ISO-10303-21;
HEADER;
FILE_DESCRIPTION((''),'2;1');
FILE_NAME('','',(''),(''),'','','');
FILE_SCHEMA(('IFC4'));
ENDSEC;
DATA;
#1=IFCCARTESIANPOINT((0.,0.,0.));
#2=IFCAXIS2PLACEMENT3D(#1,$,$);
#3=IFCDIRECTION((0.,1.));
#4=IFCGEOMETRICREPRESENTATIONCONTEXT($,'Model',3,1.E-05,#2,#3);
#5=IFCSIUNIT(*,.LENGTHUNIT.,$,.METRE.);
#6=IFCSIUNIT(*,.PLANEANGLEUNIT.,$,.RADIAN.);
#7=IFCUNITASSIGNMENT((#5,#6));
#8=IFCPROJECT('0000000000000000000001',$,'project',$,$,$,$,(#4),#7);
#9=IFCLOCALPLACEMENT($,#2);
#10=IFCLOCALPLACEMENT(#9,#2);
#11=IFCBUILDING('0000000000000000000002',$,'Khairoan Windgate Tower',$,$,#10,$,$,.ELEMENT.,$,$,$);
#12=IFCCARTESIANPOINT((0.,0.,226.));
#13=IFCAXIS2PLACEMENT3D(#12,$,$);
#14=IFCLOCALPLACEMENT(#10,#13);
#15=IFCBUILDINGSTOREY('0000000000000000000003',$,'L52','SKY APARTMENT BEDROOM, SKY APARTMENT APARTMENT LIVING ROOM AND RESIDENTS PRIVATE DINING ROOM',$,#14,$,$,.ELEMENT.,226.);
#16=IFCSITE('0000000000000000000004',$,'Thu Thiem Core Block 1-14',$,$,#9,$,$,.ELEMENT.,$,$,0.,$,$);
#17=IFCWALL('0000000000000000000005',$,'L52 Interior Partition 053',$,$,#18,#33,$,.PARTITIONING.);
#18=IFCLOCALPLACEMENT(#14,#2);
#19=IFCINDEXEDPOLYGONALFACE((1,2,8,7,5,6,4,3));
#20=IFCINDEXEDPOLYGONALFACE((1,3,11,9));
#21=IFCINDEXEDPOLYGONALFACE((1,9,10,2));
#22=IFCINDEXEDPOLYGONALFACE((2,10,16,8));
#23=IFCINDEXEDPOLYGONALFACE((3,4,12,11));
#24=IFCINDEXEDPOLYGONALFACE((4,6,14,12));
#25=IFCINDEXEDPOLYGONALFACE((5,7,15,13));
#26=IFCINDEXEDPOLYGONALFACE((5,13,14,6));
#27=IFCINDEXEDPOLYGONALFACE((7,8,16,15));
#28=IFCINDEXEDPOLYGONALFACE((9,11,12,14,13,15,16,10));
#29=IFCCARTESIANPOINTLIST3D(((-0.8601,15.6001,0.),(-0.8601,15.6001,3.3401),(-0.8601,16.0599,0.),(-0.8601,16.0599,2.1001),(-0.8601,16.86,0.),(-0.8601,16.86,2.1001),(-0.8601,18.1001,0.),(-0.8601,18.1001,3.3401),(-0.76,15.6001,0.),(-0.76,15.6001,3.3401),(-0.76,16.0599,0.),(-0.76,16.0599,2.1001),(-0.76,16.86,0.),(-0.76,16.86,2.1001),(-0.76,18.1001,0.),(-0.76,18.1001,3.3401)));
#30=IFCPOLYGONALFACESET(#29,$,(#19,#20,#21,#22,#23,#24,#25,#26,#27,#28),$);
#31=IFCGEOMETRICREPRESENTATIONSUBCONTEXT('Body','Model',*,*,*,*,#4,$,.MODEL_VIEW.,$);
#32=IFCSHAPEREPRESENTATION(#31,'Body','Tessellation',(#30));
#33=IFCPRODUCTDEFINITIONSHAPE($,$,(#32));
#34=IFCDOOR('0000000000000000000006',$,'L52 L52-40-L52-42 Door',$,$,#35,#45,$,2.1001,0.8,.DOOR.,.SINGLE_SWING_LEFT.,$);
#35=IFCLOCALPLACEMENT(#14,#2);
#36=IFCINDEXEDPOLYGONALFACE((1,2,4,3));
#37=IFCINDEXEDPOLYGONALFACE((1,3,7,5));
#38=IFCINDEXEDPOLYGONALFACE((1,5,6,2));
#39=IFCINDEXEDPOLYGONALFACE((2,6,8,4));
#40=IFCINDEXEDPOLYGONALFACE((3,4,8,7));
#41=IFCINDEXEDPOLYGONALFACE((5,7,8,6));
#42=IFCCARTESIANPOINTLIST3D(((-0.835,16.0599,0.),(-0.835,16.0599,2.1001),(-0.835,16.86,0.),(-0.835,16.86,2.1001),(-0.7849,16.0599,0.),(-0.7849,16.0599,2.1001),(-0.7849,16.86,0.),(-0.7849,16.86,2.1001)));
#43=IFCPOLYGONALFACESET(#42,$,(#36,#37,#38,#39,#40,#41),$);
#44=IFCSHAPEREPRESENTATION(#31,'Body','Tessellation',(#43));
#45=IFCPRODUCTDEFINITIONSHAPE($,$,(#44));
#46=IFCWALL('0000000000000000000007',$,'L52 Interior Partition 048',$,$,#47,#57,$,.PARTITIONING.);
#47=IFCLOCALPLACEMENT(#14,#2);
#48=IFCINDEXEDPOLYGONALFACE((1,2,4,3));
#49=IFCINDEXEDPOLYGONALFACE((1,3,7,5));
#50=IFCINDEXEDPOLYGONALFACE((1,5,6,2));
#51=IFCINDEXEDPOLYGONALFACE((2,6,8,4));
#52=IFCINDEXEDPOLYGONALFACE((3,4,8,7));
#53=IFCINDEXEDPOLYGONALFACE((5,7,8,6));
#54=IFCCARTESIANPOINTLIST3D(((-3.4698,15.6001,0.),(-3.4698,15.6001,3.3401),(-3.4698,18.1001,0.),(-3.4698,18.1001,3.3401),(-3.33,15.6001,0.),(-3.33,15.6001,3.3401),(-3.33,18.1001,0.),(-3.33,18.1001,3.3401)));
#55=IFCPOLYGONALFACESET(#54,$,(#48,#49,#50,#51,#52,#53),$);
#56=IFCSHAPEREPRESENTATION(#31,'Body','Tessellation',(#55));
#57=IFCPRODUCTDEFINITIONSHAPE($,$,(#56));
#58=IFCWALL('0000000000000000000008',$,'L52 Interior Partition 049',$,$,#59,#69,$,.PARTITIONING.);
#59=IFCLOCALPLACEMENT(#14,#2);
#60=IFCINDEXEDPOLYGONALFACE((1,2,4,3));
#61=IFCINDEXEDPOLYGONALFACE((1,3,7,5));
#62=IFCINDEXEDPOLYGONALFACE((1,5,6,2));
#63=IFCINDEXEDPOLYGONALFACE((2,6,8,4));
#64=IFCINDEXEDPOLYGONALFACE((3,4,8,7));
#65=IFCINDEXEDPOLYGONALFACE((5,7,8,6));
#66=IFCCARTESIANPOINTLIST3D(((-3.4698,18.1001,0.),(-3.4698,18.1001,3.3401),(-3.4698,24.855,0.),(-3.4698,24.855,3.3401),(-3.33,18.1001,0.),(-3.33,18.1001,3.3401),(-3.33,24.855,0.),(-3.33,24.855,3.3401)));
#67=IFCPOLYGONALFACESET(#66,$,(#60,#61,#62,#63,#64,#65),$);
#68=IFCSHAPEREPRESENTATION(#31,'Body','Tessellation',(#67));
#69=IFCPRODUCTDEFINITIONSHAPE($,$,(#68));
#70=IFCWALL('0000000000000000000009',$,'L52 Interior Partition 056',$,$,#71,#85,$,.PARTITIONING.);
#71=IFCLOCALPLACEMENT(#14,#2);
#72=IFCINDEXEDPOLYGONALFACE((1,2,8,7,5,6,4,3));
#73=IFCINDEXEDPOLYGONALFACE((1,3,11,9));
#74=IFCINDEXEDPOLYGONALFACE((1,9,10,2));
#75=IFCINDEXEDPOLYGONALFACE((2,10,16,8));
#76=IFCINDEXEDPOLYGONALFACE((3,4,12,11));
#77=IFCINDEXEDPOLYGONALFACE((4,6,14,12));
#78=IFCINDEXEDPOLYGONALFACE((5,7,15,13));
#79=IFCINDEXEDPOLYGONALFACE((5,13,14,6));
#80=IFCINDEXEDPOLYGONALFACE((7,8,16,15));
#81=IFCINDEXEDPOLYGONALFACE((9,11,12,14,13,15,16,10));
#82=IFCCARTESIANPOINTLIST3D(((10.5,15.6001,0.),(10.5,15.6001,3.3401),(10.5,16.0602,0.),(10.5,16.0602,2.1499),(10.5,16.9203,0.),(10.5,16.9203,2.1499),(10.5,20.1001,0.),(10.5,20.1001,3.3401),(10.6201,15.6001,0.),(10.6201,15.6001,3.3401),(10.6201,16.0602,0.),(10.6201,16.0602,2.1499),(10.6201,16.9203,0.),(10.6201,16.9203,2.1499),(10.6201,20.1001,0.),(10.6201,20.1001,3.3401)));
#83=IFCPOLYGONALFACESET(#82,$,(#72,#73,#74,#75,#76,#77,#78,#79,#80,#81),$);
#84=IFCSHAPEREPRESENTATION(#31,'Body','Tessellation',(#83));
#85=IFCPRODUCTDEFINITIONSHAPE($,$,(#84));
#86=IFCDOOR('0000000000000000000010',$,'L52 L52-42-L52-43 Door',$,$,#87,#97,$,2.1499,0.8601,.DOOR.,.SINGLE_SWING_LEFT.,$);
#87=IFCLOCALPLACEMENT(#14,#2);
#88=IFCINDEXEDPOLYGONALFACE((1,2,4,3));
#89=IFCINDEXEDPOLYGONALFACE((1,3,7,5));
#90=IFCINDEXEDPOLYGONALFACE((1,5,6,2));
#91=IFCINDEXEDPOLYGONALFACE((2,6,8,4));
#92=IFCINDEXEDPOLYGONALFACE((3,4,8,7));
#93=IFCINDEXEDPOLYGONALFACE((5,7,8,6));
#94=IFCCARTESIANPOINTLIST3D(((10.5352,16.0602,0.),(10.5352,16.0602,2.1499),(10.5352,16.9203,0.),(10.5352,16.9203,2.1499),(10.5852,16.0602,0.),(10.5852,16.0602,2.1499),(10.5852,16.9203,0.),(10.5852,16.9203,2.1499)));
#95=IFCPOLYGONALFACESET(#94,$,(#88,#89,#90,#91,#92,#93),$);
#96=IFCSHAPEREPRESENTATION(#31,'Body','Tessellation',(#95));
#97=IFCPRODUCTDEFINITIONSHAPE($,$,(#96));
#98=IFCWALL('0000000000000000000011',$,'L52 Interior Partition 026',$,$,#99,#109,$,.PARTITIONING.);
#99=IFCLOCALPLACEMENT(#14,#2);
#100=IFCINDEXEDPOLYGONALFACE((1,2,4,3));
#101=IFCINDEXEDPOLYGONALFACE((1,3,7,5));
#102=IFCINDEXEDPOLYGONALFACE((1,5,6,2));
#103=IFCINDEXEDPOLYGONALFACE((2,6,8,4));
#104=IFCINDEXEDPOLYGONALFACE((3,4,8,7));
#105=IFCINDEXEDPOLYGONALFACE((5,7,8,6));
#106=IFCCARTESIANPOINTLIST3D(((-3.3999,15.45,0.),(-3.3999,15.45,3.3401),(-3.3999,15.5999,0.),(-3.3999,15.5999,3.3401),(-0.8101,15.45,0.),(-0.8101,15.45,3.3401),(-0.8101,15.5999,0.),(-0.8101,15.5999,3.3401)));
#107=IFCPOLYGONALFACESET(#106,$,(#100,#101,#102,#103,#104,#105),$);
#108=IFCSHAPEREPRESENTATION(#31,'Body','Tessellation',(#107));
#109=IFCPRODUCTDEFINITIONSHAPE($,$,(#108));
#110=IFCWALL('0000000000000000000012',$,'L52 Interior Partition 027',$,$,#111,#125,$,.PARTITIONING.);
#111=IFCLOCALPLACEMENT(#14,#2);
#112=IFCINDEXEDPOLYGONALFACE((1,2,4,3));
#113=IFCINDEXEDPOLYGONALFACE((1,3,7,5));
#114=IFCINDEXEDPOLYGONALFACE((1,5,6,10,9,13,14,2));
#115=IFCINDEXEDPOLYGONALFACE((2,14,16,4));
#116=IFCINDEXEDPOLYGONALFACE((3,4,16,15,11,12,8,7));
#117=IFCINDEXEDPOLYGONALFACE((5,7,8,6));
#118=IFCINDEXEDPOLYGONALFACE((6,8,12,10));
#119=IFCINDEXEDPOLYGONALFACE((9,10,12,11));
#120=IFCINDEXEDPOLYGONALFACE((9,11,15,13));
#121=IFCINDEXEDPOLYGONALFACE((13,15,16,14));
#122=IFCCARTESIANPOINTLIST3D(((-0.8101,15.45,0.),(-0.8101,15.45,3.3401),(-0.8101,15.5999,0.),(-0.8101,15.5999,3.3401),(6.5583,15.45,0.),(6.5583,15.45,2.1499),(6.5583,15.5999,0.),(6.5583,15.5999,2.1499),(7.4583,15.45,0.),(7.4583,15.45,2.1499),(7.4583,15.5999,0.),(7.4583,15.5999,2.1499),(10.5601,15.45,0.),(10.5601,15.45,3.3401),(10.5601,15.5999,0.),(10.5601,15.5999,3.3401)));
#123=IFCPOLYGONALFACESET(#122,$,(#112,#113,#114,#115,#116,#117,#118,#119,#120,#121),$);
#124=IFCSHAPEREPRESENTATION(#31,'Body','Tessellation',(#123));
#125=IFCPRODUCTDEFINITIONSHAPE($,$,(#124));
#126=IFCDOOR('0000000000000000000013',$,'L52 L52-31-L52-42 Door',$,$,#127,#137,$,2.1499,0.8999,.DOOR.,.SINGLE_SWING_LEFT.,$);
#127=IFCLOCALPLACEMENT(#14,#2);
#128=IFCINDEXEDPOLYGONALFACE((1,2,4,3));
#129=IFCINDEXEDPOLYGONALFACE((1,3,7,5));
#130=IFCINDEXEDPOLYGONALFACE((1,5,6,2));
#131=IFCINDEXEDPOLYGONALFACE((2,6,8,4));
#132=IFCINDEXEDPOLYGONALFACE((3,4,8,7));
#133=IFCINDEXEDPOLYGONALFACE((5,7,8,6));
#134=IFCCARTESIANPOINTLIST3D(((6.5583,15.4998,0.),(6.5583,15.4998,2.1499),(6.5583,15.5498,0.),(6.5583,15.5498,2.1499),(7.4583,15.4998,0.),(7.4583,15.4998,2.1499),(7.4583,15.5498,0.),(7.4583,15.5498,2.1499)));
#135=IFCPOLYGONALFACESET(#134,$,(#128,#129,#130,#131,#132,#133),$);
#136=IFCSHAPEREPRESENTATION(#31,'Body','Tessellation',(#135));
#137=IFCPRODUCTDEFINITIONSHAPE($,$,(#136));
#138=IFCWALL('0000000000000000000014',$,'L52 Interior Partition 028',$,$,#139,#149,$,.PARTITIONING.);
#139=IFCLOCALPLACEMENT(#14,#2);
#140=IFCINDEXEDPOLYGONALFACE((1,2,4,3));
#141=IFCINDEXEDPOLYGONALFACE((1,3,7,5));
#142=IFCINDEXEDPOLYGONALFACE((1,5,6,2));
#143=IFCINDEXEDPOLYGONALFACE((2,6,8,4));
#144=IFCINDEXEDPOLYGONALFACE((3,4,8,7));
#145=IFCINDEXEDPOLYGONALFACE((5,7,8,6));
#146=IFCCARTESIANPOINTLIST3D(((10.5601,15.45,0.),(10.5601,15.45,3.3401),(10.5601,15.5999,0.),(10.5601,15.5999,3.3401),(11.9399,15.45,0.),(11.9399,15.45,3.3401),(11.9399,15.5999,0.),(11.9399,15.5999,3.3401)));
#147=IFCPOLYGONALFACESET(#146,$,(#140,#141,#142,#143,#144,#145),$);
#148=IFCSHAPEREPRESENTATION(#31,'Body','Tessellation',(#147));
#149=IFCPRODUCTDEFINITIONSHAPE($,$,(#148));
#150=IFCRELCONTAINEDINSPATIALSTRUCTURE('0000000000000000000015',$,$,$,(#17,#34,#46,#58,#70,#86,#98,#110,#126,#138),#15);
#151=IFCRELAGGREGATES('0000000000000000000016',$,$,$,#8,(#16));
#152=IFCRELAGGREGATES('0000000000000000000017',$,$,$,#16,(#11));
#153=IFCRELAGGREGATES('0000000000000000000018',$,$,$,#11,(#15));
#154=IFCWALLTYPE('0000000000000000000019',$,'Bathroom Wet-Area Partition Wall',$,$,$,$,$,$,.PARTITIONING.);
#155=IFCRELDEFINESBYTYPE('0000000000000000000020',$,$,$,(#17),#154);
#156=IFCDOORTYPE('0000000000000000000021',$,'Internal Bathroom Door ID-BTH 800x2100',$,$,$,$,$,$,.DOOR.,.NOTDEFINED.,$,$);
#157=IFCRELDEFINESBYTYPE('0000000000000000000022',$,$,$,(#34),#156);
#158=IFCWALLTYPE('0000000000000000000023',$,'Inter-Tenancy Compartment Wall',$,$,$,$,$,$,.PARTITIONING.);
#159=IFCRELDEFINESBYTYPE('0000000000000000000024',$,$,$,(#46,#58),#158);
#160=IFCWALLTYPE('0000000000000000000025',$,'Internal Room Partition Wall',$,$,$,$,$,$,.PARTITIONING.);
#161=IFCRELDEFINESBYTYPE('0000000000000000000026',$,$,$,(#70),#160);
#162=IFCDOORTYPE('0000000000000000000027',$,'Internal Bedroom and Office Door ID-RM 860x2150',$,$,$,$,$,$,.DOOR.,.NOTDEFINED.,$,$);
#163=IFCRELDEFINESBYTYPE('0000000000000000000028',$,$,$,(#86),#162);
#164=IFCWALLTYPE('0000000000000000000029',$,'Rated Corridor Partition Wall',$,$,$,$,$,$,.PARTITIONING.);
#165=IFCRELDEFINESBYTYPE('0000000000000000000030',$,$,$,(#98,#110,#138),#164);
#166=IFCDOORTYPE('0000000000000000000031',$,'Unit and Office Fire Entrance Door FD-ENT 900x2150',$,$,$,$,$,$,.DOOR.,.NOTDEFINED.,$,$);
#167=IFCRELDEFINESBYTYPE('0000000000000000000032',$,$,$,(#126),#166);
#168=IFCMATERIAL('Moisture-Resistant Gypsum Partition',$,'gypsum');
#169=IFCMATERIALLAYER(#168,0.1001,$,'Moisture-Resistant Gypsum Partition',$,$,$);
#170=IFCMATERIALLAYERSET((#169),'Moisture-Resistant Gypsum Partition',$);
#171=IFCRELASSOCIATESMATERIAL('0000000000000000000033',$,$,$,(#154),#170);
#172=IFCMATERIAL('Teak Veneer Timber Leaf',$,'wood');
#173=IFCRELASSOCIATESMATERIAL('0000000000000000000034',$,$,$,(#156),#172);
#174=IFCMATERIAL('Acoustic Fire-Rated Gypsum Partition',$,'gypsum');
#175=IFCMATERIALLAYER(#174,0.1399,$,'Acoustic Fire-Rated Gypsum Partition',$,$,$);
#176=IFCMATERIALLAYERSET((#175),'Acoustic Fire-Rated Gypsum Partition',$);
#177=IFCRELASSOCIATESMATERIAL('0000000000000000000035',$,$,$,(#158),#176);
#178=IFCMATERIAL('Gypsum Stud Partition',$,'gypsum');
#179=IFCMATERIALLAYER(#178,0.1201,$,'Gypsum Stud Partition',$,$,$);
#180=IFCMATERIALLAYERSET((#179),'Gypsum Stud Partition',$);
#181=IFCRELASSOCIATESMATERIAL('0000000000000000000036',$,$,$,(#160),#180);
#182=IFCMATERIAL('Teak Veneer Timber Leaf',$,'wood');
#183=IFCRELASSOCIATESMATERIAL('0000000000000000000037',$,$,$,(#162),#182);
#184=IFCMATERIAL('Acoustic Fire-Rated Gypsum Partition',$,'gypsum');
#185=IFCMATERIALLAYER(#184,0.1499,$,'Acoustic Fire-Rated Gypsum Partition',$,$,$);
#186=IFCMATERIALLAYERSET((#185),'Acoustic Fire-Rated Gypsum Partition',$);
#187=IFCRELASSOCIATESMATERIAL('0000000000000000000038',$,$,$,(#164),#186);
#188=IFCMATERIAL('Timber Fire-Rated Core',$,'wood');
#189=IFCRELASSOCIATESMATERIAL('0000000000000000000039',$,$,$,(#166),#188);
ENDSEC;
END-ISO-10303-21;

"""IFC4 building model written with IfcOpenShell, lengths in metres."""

from ifc_helpers import new_model, si_unit, direction, frame, frame_2d, origin, place, context, subcontext, project, spatial, rectangle, extrude, material, layer, layer_set, type_object, element, fill, save


model = new_model("IFC4")

# Units and contexts
model_context = context("Model", 3, precision=1e-05, world=origin(), true_north=direction((0.0, 1.0)))
body_context = subcontext(model_context, "Body", "Model", "MODEL_VIEW")
ifc_project = project(units=[si_unit("LENGTHUNIT", "METRE"), si_unit("PLANEANGLEUNIT", "RADIAN")], contexts=[model_context])

# Site, building, storey
site_placement = place(None, origin())
site = spatial("IfcSite", under=ifc_project, at=site_placement, Name="Thu Thiem Core Block 1-14", CompositionType="ELEMENT", RefElevation=0.0)
building_placement = place(site_placement, origin())
building = spatial("IfcBuilding", under=site, at=building_placement, Name="Khairoan Windgate Tower", CompositionType="ELEMENT")
storey_placement = place(building_placement, frame((0.0, 0.0, 226.0)))
storey = spatial("IfcBuildingStorey", under=building, at=storey_placement, Name="L52", Description="SKY APARTMENT BEDROOM, SKY APARTMENT APARTMENT LIVING ROOM AND RESIDENTS PRIVATE DINING ROOM", CompositionType="ELEMENT", Elevation=226.0)

# Wall, opening, door
ifc_material_1 = material(Name="Moisture-Resistant Gypsum Partition", Category="gypsum")
ifc_layer_1 = layer(ifc_material_1, 0.1001, Name="Moisture-Resistant Gypsum Partition")
ifc_layer_set_1 = layer_set([ifc_layer_1], Name="Moisture-Resistant Gypsum Partition")
wall_type_1 = type_object("IfcWallType", Name="Bathroom Wet-Area Partition Wall", PredefinedType="PARTITIONING", material=ifc_layer_set_1)
wall_1_placement = place(storey_placement, frame((-0.8101, 15.6001, 0.0), z_axis=(0.0, 0.0, 1.0), x_axis=(0.0, 1.0, 0.0)))
wall_1 = element("IfcWall", 1, at=wall_1_placement, inside=storey, type_object=wall_type_1, Name="L52 Interior Partition 053", PredefinedType="PARTITIONING", context=body_context, shape_type="SweptSolid", body=[
    extrude(rectangle(XDim=2.5, YDim=0.1001, at=frame_2d((1.25, 0.0))), origin(), (0.0, 0.0, 1.0), 3.3401),
])
opening_1_placement = place(wall_1_placement, frame((0.46, 0.0, 0.0)))
opening_1 = element("IfcOpeningElement", 2, at=opening_1_placement, cuts=wall_1, PredefinedType="OPENING", context=body_context, shape_type="SweptSolid", body=[
    extrude(rectangle(XDim=0.8, YDim=2.1001, at=frame_2d((0.3999, 1.05))), frame((0.0, 0.0601, 0.0), z_axis=(0.0, -1.0, 0.0), x_axis=(1.0, 0.0, 0.0)), (0.0, 0.0, 1.0), 0.1201),
])
ifc_material_2 = material(Name="Teak Veneer Timber Leaf", Category="wood")
door_type_1 = type_object("IfcDoorType", Name="Internal Bathroom Door ID-BTH 800x2100", OperationType="NOTDEFINED", PredefinedType="DOOR", material=ifc_material_2)
door_1_placement = place(opening_1_placement, origin())
door_1 = element("IfcDoor", 3, at=door_1_placement, inside=storey, type_object=door_type_1, Name="L52 L52-40-L52-42 Door", OperationType="SINGLE_SWING_LEFT", OverallHeight=2.1001, OverallWidth=0.8, PredefinedType="DOOR", context=body_context, shape_type="SweptSolid", body=[
    extrude(rectangle(XDim=0.8, YDim=2.1001, at=frame_2d((0.3999, 1.05))), frame((0.0, 0.0249, 0.0), z_axis=(0.0, -1.0, 0.0), x_axis=(1.0, 0.0, 0.0)), (0.0, 0.0, 1.0), 0.05),
])
fill(opening_1, door_1)

# Walls
ifc_material_3 = material(Name="Acoustic Fire-Rated Gypsum Partition", Category="gypsum")
ifc_layer_2 = layer(ifc_material_3, 0.1399, Name="Acoustic Fire-Rated Gypsum Partition")
ifc_layer_set_2 = layer_set([ifc_layer_2], Name="Acoustic Fire-Rated Gypsum Partition")
wall_type_2 = type_object("IfcWallType", Name="Inter-Tenancy Compartment Wall", PredefinedType="PARTITIONING", material=ifc_layer_set_2)
wall_2_placement = place(storey_placement, frame((-3.3999, 15.6001, 0.0), z_axis=(0.0, 0.0, 1.0), x_axis=(0.0, 1.0, 0.0)))
element("IfcWall", 4, at=wall_2_placement, inside=storey, type_object=wall_type_2, Name="L52 Interior Partition 048", PredefinedType="PARTITIONING", context=body_context, shape_type="SweptSolid", body=[
    extrude(rectangle(XDim=2.5, YDim=0.1399, at=frame_2d((1.25, 0.0))), origin(), (0.0, 0.0, 1.0), 3.3401),
])
wall_3_placement = place(storey_placement, frame((-3.3999, 18.1001, 0.0), z_axis=(0.0, 0.0, 1.0), x_axis=(0.0, 1.0, 0.0)))
element("IfcWall", 5, at=wall_3_placement, inside=storey, type_object=wall_type_2, Name="L52 Interior Partition 049", PredefinedType="PARTITIONING", context=body_context, shape_type="SweptSolid", body=[
    extrude(rectangle(XDim=6.7549, YDim=0.1399, at=frame_2d((3.3774, 0.0))), origin(), (0.0, 0.0, 1.0), 3.3401),
])

# Wall, opening, door
ifc_material_4 = material(Name="Gypsum Stud Partition", Category="gypsum")
ifc_layer_3 = layer(ifc_material_4, 0.1201, Name="Gypsum Stud Partition")
ifc_layer_set_3 = layer_set([ifc_layer_3], Name="Gypsum Stud Partition")
wall_type_3 = type_object("IfcWallType", Name="Internal Room Partition Wall", PredefinedType="PARTITIONING", material=ifc_layer_set_3)
wall_4_placement = place(storey_placement, frame((10.5601, 15.6001, 0.0), z_axis=(0.0, 0.0, 1.0), x_axis=(0.0, 1.0, 0.0)))
wall_4 = element("IfcWall", 6, at=wall_4_placement, inside=storey, type_object=wall_type_3, Name="L52 Interior Partition 056", PredefinedType="PARTITIONING", context=body_context, shape_type="SweptSolid", body=[
    extrude(rectangle(XDim=4.5, YDim=0.1201, at=frame_2d((2.25, 0.0))), origin(), (0.0, 0.0, 1.0), 3.3401),
])
opening_2_placement = place(wall_4_placement, frame((0.46, 0.0, 0.0)))
opening_2 = element("IfcOpeningElement", 7, at=opening_2_placement, cuts=wall_4, PredefinedType="OPENING", context=body_context, shape_type="SweptSolid", body=[
    extrude(rectangle(XDim=0.8601, YDim=2.1499, at=frame_2d((0.4302, 1.075))), frame((0.0, 0.0701, 0.0), z_axis=(0.0, -1.0, 0.0), x_axis=(1.0, 0.0, 0.0)), (0.0, 0.0, 1.0), 0.1401),
])
ifc_material_5 = material(Name="Teak Veneer Timber Leaf", Category="wood")
door_type_2 = type_object("IfcDoorType", Name="Internal Bedroom and Office Door ID-RM 860x2150", OperationType="NOTDEFINED", PredefinedType="DOOR", material=ifc_material_5)
door_2_placement = place(opening_2_placement, origin())
door_2 = element("IfcDoor", 8, at=door_2_placement, inside=storey, type_object=door_type_2, Name="L52 L52-42-L52-43 Door", OperationType="SINGLE_SWING_LEFT", OverallHeight=2.1499, OverallWidth=0.8601, PredefinedType="DOOR", context=body_context, shape_type="SweptSolid", body=[
    extrude(rectangle(XDim=0.8601, YDim=2.1499, at=frame_2d((0.4302, 1.075))), frame((0.0, 0.0249, 0.0), z_axis=(0.0, -1.0, 0.0), x_axis=(1.0, 0.0, 0.0)), (0.0, 0.0, 1.0), 0.05),
])
fill(opening_2, door_2)

# Wall
ifc_material_6 = material(Name="Acoustic Fire-Rated Gypsum Partition", Category="gypsum")
ifc_layer_4 = layer(ifc_material_6, 0.1499, Name="Acoustic Fire-Rated Gypsum Partition")
ifc_layer_set_4 = layer_set([ifc_layer_4], Name="Acoustic Fire-Rated Gypsum Partition")
wall_type_4 = type_object("IfcWallType", Name="Rated Corridor Partition Wall", PredefinedType="PARTITIONING", material=ifc_layer_set_4)
wall_5_placement = place(storey_placement, frame((-3.3999, 15.5249, 0.0), z_axis=(0.0, 0.0, 1.0), x_axis=(1.0, 0.0, 0.0)))
element("IfcWall", 9, at=wall_5_placement, inside=storey, type_object=wall_type_4, Name="L52 Interior Partition 026", PredefinedType="PARTITIONING", context=body_context, shape_type="SweptSolid", body=[
    extrude(rectangle(XDim=2.5898, YDim=0.1499, at=frame_2d((1.2949, 0.0))), origin(), (0.0, 0.0, 1.0), 3.3401),
])

# Wall, opening, door
wall_6_placement = place(storey_placement, frame((-0.8101, 15.5249, 0.0), z_axis=(0.0, 0.0, 1.0), x_axis=(1.0, 0.0, 0.0)))
wall_6 = element("IfcWall", 10, at=wall_6_placement, inside=storey, type_object=wall_type_4, Name="L52 Interior Partition 027", PredefinedType="PARTITIONING", context=body_context, shape_type="SweptSolid", body=[
    extrude(rectangle(XDim=11.3701, YDim=0.1499, at=frame_2d((5.6851, 0.0))), origin(), (0.0, 0.0, 1.0), 3.3401),
])
opening_3_placement = place(wall_6_placement, frame((7.3684, 0.0, 0.0)))
opening_3 = element("IfcOpeningElement", 11, at=opening_3_placement, cuts=wall_6, PredefinedType="OPENING", context=body_context, shape_type="SweptSolid", body=[
    extrude(rectangle(XDim=0.8999, YDim=2.1499, at=frame_2d((0.45, 1.075))), frame((0.0, 0.085, 0.0), z_axis=(0.0, -1.0, 0.0), x_axis=(1.0, 0.0, 0.0)), (0.0, 0.0, 1.0), 0.1699),
])
ifc_material_7 = material(Name="Timber Fire-Rated Core", Category="wood")
door_type_3 = type_object("IfcDoorType", Name="Unit and Office Fire Entrance Door FD-ENT 900x2150", OperationType="NOTDEFINED", PredefinedType="DOOR", material=ifc_material_7)
door_3_placement = place(opening_3_placement, origin())
door_3 = element("IfcDoor", 12, at=door_3_placement, inside=storey, type_object=door_type_3, Name="L52 L52-31-L52-42 Door", OperationType="SINGLE_SWING_LEFT", OverallHeight=2.1499, OverallWidth=0.8999, PredefinedType="DOOR", context=body_context, shape_type="SweptSolid", body=[
    extrude(rectangle(XDim=0.8999, YDim=2.1499, at=frame_2d((0.45, 1.075))), frame((0.0, 0.0249, 0.0), z_axis=(0.0, -1.0, 0.0), x_axis=(1.0, 0.0, 0.0)), (0.0, 0.0, 1.0), 0.05),
])
fill(opening_3, door_3)

# Wall
wall_7_placement = place(storey_placement, frame((10.5601, 15.5249, 0.0), z_axis=(0.0, 0.0, 1.0), x_axis=(1.0, 0.0, 0.0)))
element("IfcWall", 13, at=wall_7_placement, inside=storey, type_object=wall_type_4, Name="L52 Interior Partition 028", PredefinedType="PARTITIONING", context=body_context, shape_type="SweptSolid", body=[
    extrude(rectangle(XDim=1.3799, YDim=0.1499, at=frame_2d((0.6899, 0.0))), origin(), (0.0, 0.0, 1.0), 3.3401),
])

save(model, "model.ifc")
